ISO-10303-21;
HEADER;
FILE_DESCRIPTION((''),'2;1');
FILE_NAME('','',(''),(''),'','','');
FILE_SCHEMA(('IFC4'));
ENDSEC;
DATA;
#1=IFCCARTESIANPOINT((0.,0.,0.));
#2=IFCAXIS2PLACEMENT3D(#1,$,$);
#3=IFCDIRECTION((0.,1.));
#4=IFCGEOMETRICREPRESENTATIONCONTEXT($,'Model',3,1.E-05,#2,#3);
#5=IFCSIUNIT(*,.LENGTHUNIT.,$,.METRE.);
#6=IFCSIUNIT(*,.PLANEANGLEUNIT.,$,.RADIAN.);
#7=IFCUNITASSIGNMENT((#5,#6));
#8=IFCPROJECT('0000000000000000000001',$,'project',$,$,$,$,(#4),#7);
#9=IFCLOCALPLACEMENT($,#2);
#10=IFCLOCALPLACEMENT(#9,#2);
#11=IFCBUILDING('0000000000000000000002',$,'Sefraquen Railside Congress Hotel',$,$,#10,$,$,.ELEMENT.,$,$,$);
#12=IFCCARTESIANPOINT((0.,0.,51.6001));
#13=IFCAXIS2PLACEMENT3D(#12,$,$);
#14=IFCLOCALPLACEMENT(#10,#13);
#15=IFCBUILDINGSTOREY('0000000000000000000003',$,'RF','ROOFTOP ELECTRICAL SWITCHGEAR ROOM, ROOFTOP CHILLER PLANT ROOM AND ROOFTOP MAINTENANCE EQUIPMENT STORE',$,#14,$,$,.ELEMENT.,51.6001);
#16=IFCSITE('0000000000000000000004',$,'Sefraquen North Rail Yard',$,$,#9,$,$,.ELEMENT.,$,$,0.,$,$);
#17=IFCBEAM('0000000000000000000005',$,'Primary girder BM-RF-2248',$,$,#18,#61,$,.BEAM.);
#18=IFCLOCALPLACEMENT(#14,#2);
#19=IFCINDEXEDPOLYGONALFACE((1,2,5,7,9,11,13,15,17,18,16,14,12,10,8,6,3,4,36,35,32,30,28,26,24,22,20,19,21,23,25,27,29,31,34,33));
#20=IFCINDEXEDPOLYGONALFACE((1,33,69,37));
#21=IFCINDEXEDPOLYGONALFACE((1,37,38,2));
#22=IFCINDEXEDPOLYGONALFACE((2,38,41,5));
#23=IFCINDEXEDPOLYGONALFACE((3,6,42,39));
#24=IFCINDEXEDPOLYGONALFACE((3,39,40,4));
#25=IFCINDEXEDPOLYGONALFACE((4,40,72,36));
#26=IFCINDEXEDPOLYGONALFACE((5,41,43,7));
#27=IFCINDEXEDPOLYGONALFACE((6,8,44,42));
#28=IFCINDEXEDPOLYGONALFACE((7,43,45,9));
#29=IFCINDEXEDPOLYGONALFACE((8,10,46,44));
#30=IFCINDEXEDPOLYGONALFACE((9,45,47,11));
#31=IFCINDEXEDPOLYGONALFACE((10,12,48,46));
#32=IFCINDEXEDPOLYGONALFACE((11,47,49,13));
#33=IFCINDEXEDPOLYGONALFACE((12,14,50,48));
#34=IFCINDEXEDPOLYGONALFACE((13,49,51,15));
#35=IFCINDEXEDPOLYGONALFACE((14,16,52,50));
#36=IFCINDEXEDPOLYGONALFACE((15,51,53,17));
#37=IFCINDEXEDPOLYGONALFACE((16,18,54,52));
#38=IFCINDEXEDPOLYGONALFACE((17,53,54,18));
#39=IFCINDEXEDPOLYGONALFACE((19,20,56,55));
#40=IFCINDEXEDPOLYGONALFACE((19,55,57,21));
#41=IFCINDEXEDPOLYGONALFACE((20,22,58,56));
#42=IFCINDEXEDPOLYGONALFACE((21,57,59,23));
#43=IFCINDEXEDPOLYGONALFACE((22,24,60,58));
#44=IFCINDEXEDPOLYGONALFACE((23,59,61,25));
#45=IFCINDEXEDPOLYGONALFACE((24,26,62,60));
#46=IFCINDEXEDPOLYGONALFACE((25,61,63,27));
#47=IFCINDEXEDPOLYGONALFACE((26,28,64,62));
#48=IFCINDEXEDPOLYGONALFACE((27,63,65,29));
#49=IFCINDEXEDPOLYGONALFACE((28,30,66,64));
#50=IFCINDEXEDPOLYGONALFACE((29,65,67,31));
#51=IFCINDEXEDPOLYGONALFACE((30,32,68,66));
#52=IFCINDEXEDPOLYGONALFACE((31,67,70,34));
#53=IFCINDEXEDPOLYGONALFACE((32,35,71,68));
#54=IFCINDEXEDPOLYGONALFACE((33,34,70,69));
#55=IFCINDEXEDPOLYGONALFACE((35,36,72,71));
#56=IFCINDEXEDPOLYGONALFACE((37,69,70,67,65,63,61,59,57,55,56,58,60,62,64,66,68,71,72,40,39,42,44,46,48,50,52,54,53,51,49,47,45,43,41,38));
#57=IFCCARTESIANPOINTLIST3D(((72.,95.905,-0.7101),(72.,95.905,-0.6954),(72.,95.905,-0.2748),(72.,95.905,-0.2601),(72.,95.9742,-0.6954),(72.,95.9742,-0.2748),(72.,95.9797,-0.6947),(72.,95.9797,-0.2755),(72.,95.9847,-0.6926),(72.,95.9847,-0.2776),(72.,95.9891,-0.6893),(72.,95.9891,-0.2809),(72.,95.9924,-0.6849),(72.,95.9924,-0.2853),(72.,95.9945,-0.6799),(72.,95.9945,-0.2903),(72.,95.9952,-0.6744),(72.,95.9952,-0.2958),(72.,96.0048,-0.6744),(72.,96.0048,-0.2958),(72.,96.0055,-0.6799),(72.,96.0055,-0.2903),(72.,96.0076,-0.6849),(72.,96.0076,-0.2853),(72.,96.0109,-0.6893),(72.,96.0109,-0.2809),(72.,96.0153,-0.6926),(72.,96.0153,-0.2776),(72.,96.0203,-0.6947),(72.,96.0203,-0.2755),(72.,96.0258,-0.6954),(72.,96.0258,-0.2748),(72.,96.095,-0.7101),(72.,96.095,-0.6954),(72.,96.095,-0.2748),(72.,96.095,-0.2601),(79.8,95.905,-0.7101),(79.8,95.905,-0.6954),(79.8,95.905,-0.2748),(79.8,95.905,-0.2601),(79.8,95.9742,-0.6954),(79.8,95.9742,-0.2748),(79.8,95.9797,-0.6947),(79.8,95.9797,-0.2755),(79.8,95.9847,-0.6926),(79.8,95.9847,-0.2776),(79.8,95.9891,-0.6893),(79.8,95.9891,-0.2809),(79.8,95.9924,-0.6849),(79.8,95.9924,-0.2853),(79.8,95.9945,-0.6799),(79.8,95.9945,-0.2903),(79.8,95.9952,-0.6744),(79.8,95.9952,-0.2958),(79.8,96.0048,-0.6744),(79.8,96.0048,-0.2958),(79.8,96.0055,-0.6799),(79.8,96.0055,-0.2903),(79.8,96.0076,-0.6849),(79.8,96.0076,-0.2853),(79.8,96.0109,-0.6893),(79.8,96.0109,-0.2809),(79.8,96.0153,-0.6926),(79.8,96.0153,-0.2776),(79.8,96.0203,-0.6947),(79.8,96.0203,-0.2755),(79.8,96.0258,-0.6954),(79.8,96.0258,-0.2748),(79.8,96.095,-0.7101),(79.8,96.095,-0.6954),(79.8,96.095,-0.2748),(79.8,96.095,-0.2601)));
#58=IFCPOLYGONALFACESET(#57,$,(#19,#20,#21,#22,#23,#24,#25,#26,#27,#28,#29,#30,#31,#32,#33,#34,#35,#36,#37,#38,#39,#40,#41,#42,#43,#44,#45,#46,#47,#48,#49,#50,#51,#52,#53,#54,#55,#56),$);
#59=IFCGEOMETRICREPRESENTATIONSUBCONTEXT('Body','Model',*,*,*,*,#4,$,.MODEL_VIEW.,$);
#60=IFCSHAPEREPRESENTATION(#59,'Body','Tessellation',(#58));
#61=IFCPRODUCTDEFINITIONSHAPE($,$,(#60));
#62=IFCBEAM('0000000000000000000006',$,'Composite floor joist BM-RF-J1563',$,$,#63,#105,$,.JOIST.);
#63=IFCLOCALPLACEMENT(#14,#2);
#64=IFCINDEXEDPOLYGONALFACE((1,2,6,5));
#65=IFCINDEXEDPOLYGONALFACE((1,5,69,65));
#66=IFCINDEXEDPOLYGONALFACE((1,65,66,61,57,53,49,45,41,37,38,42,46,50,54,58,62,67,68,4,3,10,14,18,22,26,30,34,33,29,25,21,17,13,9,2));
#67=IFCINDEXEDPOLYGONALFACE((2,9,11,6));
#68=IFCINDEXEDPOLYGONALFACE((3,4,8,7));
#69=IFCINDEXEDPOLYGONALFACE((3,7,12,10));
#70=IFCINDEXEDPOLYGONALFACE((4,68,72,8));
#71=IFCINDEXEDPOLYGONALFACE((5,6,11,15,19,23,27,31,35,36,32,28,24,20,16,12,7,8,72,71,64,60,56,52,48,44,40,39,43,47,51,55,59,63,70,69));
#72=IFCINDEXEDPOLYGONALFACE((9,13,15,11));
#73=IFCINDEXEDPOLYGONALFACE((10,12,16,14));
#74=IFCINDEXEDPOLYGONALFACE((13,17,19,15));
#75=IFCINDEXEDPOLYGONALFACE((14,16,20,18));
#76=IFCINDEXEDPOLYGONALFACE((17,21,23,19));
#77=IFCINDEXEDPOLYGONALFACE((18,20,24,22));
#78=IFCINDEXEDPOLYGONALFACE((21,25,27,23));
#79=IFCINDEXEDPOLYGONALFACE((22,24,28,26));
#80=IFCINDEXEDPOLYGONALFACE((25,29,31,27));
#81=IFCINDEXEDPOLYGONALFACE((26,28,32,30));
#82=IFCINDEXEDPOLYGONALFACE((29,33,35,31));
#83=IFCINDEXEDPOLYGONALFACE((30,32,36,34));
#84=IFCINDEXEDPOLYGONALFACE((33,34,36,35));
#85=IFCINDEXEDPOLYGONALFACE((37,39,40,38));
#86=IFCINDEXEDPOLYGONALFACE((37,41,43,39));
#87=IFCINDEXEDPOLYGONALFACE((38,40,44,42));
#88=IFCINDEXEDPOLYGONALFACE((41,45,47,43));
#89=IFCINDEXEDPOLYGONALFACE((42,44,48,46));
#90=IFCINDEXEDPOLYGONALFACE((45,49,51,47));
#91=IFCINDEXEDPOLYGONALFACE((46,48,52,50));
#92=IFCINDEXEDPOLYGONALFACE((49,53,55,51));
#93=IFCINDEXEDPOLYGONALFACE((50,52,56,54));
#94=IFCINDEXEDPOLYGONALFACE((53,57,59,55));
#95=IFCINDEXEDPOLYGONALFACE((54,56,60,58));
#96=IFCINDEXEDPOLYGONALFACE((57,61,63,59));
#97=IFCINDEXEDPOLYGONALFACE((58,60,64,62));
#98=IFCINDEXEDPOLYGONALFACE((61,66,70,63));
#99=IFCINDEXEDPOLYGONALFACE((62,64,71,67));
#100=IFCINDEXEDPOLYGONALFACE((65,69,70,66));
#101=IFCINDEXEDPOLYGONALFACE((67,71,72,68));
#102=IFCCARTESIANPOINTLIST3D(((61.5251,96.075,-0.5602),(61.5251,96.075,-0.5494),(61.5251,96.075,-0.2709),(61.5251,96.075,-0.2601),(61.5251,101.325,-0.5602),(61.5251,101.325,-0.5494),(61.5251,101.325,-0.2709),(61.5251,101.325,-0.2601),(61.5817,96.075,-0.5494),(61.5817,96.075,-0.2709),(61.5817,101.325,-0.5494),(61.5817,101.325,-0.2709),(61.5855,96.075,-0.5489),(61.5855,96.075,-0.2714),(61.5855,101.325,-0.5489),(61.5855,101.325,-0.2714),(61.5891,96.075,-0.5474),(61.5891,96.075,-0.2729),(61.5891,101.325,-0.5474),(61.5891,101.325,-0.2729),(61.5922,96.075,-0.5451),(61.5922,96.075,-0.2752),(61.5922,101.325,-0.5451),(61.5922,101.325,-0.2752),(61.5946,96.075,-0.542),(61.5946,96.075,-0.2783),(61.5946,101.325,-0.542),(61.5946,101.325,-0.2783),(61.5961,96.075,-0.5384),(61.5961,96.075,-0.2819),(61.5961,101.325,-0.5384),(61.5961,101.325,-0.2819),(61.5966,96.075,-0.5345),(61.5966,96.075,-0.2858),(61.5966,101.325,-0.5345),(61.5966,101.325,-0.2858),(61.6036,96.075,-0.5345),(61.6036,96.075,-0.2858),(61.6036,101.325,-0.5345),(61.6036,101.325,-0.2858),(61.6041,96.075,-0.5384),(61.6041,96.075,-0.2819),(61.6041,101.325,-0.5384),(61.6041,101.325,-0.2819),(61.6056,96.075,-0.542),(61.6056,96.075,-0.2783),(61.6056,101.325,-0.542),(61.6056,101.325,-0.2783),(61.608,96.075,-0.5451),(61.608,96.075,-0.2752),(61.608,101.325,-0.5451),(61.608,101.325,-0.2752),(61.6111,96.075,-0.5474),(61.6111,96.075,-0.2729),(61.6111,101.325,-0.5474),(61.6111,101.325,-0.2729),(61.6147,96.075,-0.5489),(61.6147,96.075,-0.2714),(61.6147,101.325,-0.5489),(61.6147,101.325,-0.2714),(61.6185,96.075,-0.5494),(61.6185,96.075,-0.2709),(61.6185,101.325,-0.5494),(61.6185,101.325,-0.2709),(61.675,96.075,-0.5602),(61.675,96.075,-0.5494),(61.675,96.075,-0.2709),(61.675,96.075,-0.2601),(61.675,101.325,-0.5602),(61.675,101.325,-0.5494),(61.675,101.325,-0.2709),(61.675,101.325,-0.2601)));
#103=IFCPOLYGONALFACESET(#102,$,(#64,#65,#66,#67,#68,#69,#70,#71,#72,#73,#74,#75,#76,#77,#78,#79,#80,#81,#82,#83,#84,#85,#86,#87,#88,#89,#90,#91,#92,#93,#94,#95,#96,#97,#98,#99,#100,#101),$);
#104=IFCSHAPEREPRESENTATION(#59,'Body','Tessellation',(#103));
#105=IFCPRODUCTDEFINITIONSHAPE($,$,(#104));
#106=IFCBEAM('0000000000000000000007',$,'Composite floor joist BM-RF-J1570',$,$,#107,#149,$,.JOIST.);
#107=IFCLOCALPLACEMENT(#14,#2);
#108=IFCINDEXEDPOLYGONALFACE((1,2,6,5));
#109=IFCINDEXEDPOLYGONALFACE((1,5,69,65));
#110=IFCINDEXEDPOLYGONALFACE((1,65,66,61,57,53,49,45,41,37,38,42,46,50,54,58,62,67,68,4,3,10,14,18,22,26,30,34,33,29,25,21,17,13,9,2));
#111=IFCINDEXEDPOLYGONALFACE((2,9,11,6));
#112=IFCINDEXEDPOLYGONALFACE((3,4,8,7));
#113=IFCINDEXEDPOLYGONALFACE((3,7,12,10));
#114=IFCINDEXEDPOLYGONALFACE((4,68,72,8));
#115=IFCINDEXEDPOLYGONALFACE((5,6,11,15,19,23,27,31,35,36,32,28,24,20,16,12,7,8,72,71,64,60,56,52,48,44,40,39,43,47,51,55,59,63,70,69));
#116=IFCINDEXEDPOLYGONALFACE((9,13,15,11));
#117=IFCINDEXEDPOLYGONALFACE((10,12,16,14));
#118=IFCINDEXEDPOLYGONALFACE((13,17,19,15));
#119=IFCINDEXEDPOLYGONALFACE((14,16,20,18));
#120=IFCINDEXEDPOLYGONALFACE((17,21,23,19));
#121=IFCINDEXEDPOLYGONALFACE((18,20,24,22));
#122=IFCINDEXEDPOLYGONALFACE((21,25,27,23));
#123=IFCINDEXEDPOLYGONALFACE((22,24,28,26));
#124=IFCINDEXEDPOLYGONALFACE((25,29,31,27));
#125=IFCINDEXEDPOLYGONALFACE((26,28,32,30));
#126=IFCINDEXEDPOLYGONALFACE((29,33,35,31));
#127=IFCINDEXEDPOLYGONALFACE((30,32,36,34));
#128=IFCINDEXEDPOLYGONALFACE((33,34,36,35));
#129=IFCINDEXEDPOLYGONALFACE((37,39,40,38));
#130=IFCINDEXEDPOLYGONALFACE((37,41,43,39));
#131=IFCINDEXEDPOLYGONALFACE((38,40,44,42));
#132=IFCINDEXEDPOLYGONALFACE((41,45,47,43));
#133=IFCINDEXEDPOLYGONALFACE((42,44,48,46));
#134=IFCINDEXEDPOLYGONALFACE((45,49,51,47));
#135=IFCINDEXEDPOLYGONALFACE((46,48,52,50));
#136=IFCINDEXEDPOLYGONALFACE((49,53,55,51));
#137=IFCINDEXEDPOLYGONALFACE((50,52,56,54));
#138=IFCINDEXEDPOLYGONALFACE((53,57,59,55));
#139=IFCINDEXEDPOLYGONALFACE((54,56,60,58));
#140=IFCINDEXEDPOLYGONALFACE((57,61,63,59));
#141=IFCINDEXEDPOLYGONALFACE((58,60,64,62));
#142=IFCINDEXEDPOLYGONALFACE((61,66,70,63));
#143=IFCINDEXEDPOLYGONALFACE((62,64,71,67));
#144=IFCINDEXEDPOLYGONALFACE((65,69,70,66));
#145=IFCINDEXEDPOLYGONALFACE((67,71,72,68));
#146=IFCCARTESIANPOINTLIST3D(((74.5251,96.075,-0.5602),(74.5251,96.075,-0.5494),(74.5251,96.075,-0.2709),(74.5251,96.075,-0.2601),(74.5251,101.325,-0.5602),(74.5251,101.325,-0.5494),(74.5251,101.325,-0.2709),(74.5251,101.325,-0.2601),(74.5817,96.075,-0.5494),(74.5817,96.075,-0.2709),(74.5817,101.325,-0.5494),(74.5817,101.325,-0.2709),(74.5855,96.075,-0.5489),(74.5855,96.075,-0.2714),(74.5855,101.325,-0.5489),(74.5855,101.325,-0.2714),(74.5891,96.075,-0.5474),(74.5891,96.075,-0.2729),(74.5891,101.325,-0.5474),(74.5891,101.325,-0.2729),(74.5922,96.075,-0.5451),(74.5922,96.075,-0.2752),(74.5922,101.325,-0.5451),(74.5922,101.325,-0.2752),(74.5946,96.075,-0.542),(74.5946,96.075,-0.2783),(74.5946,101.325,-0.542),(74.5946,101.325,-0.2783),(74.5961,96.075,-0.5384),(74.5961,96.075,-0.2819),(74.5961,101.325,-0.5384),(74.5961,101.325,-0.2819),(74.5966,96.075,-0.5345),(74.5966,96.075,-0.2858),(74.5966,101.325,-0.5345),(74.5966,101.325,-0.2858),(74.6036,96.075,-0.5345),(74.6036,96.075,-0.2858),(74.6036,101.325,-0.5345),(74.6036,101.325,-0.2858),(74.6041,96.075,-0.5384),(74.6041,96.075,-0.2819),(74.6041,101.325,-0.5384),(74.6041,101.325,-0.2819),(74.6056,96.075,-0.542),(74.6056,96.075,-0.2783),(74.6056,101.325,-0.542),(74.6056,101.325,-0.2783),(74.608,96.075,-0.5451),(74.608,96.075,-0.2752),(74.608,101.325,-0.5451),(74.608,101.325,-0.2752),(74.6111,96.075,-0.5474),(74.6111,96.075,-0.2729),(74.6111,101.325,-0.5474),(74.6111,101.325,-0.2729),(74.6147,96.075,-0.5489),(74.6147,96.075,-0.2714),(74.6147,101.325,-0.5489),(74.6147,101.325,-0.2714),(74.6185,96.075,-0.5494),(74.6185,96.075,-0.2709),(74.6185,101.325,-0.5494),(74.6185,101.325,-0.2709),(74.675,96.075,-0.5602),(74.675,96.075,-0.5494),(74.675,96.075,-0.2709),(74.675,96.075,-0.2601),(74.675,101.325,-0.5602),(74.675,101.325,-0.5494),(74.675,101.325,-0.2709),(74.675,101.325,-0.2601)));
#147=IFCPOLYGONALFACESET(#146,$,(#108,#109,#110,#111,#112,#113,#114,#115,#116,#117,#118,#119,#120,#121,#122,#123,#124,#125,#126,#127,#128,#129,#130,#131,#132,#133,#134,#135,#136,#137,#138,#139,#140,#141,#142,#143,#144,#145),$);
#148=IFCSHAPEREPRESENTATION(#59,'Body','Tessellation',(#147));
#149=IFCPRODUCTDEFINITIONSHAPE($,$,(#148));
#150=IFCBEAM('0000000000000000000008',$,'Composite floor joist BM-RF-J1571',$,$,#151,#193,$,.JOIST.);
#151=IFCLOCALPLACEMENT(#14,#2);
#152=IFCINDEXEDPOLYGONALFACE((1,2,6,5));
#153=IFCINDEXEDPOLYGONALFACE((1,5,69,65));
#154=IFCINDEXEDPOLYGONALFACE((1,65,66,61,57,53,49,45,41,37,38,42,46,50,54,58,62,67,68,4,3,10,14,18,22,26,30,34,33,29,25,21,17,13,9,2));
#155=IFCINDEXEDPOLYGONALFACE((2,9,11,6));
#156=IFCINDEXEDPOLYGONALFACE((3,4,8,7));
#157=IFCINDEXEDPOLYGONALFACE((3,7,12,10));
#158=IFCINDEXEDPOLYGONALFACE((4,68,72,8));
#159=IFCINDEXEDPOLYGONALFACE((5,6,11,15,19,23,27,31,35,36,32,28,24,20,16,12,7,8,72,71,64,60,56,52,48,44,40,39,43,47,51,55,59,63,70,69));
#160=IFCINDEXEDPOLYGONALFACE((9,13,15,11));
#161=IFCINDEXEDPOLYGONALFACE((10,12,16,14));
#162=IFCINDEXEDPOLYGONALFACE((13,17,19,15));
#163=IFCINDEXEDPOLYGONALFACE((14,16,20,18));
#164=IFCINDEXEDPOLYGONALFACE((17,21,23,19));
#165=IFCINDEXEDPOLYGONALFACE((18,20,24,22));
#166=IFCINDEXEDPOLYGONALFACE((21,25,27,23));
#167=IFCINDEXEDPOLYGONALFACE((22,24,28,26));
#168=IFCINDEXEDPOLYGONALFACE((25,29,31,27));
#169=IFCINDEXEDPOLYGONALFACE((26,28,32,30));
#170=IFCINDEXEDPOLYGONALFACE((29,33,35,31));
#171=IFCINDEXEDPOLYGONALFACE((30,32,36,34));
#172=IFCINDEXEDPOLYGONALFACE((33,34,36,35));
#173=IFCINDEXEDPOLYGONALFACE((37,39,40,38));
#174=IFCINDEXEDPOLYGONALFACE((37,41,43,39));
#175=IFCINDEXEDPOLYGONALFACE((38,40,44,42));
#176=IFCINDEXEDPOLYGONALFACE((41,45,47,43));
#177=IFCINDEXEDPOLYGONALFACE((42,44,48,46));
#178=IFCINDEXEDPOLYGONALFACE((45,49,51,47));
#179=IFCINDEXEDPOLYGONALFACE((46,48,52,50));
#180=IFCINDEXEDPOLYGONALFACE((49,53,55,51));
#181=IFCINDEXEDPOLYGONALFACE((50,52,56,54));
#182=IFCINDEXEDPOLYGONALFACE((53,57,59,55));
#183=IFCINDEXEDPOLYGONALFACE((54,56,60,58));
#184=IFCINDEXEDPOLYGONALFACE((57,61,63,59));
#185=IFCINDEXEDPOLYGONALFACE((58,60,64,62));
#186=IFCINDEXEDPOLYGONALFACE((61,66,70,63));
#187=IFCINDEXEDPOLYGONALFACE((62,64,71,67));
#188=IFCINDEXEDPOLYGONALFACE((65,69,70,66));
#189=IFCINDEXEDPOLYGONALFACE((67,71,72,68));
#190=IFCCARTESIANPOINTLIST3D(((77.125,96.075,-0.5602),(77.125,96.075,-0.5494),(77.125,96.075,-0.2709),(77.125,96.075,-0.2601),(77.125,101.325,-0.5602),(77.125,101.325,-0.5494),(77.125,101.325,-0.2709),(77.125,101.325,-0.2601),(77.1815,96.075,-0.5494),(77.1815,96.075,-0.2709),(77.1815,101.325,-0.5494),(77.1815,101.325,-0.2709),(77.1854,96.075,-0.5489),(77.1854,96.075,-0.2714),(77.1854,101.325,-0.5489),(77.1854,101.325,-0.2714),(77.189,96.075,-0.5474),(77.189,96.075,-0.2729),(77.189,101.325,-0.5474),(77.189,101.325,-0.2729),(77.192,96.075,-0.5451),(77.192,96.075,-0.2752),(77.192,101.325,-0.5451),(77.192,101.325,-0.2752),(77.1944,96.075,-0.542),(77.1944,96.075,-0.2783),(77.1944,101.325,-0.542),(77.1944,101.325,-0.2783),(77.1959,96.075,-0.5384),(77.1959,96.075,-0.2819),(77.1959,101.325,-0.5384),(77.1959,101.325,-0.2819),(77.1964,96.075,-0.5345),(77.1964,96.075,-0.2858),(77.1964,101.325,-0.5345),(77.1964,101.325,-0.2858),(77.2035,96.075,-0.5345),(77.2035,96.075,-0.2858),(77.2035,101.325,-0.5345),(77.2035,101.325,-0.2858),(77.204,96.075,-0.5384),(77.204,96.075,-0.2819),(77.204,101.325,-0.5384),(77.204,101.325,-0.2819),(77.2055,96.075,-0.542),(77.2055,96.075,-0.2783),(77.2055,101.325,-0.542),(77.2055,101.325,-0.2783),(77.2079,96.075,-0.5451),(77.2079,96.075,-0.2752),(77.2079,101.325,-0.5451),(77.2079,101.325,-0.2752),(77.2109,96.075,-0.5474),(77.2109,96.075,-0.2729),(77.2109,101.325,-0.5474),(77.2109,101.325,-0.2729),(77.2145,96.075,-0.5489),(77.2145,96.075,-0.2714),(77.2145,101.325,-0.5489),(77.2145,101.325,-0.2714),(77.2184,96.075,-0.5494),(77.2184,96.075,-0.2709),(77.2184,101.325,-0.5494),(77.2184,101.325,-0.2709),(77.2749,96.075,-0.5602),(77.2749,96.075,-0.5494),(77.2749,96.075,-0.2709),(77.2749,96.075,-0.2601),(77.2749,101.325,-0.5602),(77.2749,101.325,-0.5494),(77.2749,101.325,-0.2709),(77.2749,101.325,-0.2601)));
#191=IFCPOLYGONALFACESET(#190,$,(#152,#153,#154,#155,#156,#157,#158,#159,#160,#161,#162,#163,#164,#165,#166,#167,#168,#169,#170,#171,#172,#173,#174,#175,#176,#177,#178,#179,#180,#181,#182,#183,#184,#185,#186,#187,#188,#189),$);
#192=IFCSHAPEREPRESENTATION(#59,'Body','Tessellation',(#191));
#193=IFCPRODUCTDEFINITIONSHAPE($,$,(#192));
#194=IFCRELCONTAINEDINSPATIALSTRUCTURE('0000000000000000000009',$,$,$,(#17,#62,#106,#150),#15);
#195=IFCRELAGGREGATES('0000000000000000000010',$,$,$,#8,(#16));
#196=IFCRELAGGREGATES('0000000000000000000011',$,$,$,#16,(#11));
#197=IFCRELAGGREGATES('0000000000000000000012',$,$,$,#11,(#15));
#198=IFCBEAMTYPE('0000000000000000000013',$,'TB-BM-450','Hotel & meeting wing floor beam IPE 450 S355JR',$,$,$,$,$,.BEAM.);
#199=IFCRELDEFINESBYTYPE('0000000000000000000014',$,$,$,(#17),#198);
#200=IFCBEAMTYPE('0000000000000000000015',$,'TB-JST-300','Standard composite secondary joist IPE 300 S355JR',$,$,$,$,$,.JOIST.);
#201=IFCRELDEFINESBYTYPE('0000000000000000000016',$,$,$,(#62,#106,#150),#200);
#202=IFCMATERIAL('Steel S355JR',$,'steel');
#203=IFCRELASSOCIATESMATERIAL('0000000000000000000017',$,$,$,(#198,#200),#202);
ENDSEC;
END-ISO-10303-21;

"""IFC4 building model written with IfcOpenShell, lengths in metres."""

from ifc_helpers import new_model, si_unit, direction, frame, origin, origin_2d, place, context, subcontext, project, spatial, i_section, extrude, material, material_profile, profile_set, type_object, element, save


model = new_model("IFC4")

# Units and contexts
model_context = context("Model", 3, precision=1e-05, world=origin(), true_north=direction((0.0, 1.0)))
body_context = subcontext(model_context, "Body", "Model", "MODEL_VIEW")
ifc_project = project(units=[si_unit("LENGTHUNIT", "METRE"), si_unit("PLANEANGLEUNIT", "RADIAN")], contexts=[model_context])

# Site, building, storey
site_placement = place(None, origin())
site = spatial("IfcSite", under=ifc_project, at=site_placement, Name="Sefraquen North Rail Yard", CompositionType="ELEMENT", RefElevation=0.0)
building_placement = place(site_placement, origin())
building = spatial("IfcBuilding", under=site, at=building_placement, Name="Sefraquen Railside Congress Hotel", CompositionType="ELEMENT")
storey_placement = place(building_placement, frame((0.0, 0.0, 51.6001)))
storey = spatial("IfcBuildingStorey", under=building, at=storey_placement, Name="RF", Description="ROOFTOP ELECTRICAL SWITCHGEAR ROOM, ROOFTOP CHILLER PLANT ROOM AND ROOFTOP MAINTENANCE EQUIPMENT STORE", CompositionType="ELEMENT", Elevation=51.6001)

# Beams
ifc_material_1 = material(Name="Steel S355JR", Category="steel")
ifc_material_profile_1 = material_profile(ifc_material_1, i_section(OverallWidth=0.1899, OverallDepth=0.45, WebThickness=0.0095, FlangeThickness=0.0146, FilletRadius=0.021, at=origin_2d()), Name="IPE 450")
ifc_profile_set_1 = profile_set([ifc_material_profile_1], Name="Steel S355JR")
beam_type_1 = type_object("IfcBeamType", Name="TB-BM-450", Description="Hotel & meeting wing floor beam IPE 450 S355JR", PredefinedType="BEAM", material=ifc_profile_set_1)
for number, where, z_axis, x_axis, name in (
    (1, (72.0, 96.0, -0.4851), (1.0, 0.0, 0.0), (0.0, 1.0, 0.0), "Primary girder BM-RF-2248"),
):
    element("IfcBeam", number, at=place(storey_placement, frame(where, z_axis=z_axis, x_axis=x_axis)), inside=storey, type_object=beam_type_1, Name=name, PredefinedType="BEAM", context=body_context, shape_type="SweptSolid", body=[
        extrude(i_section(OverallWidth=0.1899, OverallDepth=0.45, WebThickness=0.0095, FlangeThickness=0.0146, FilletRadius=0.021, at=origin_2d()), origin(), (0.0, 0.0, 1.0), 7.8),
    ])
ifc_material_profile_2 = material_profile(ifc_material_1, i_section(OverallWidth=0.1499, OverallDepth=0.3, WebThickness=0.0071, FlangeThickness=0.0107, FilletRadius=0.0149, at=origin_2d()), Name="IPE 300")
ifc_profile_set_2 = profile_set([ifc_material_profile_2], Name="Steel S355JR")
beam_type_2 = type_object("IfcBeamType", Name="TB-JST-300", Description="Standard composite secondary joist IPE 300 S355JR", PredefinedType="JOIST", material=ifc_profile_set_2)
for number, where, z_axis, x_axis, name in (
    (2, (61.6001, 96.075, -0.4102), (0.0, 1.0, 0.0), (-1.0, 0.0, 0.0), "Composite floor joist BM-RF-J1563"),
    (3, (74.6001, 96.075, -0.4102), (0.0, 1.0, 0.0), (-1.0, 0.0, 0.0), "Composite floor joist BM-RF-J1570"),
    (4, (77.2, 96.075, -0.4102), (0.0, 1.0, 0.0), (-1.0, 0.0, 0.0), "Composite floor joist BM-RF-J1571"),
):
    element("IfcBeam", number, at=place(storey_placement, frame(where, z_axis=z_axis, x_axis=x_axis)), inside=storey, type_object=beam_type_2, Name=name, PredefinedType="JOIST", context=body_context, shape_type="SweptSolid", body=[
        extrude(i_section(OverallWidth=0.1499, OverallDepth=0.3, WebThickness=0.0071, FlangeThickness=0.0107, FilletRadius=0.0149, at=origin_2d()), origin(), (0.0, 0.0, 1.0), 5.25),
    ])

save(model, "model.ifc")
